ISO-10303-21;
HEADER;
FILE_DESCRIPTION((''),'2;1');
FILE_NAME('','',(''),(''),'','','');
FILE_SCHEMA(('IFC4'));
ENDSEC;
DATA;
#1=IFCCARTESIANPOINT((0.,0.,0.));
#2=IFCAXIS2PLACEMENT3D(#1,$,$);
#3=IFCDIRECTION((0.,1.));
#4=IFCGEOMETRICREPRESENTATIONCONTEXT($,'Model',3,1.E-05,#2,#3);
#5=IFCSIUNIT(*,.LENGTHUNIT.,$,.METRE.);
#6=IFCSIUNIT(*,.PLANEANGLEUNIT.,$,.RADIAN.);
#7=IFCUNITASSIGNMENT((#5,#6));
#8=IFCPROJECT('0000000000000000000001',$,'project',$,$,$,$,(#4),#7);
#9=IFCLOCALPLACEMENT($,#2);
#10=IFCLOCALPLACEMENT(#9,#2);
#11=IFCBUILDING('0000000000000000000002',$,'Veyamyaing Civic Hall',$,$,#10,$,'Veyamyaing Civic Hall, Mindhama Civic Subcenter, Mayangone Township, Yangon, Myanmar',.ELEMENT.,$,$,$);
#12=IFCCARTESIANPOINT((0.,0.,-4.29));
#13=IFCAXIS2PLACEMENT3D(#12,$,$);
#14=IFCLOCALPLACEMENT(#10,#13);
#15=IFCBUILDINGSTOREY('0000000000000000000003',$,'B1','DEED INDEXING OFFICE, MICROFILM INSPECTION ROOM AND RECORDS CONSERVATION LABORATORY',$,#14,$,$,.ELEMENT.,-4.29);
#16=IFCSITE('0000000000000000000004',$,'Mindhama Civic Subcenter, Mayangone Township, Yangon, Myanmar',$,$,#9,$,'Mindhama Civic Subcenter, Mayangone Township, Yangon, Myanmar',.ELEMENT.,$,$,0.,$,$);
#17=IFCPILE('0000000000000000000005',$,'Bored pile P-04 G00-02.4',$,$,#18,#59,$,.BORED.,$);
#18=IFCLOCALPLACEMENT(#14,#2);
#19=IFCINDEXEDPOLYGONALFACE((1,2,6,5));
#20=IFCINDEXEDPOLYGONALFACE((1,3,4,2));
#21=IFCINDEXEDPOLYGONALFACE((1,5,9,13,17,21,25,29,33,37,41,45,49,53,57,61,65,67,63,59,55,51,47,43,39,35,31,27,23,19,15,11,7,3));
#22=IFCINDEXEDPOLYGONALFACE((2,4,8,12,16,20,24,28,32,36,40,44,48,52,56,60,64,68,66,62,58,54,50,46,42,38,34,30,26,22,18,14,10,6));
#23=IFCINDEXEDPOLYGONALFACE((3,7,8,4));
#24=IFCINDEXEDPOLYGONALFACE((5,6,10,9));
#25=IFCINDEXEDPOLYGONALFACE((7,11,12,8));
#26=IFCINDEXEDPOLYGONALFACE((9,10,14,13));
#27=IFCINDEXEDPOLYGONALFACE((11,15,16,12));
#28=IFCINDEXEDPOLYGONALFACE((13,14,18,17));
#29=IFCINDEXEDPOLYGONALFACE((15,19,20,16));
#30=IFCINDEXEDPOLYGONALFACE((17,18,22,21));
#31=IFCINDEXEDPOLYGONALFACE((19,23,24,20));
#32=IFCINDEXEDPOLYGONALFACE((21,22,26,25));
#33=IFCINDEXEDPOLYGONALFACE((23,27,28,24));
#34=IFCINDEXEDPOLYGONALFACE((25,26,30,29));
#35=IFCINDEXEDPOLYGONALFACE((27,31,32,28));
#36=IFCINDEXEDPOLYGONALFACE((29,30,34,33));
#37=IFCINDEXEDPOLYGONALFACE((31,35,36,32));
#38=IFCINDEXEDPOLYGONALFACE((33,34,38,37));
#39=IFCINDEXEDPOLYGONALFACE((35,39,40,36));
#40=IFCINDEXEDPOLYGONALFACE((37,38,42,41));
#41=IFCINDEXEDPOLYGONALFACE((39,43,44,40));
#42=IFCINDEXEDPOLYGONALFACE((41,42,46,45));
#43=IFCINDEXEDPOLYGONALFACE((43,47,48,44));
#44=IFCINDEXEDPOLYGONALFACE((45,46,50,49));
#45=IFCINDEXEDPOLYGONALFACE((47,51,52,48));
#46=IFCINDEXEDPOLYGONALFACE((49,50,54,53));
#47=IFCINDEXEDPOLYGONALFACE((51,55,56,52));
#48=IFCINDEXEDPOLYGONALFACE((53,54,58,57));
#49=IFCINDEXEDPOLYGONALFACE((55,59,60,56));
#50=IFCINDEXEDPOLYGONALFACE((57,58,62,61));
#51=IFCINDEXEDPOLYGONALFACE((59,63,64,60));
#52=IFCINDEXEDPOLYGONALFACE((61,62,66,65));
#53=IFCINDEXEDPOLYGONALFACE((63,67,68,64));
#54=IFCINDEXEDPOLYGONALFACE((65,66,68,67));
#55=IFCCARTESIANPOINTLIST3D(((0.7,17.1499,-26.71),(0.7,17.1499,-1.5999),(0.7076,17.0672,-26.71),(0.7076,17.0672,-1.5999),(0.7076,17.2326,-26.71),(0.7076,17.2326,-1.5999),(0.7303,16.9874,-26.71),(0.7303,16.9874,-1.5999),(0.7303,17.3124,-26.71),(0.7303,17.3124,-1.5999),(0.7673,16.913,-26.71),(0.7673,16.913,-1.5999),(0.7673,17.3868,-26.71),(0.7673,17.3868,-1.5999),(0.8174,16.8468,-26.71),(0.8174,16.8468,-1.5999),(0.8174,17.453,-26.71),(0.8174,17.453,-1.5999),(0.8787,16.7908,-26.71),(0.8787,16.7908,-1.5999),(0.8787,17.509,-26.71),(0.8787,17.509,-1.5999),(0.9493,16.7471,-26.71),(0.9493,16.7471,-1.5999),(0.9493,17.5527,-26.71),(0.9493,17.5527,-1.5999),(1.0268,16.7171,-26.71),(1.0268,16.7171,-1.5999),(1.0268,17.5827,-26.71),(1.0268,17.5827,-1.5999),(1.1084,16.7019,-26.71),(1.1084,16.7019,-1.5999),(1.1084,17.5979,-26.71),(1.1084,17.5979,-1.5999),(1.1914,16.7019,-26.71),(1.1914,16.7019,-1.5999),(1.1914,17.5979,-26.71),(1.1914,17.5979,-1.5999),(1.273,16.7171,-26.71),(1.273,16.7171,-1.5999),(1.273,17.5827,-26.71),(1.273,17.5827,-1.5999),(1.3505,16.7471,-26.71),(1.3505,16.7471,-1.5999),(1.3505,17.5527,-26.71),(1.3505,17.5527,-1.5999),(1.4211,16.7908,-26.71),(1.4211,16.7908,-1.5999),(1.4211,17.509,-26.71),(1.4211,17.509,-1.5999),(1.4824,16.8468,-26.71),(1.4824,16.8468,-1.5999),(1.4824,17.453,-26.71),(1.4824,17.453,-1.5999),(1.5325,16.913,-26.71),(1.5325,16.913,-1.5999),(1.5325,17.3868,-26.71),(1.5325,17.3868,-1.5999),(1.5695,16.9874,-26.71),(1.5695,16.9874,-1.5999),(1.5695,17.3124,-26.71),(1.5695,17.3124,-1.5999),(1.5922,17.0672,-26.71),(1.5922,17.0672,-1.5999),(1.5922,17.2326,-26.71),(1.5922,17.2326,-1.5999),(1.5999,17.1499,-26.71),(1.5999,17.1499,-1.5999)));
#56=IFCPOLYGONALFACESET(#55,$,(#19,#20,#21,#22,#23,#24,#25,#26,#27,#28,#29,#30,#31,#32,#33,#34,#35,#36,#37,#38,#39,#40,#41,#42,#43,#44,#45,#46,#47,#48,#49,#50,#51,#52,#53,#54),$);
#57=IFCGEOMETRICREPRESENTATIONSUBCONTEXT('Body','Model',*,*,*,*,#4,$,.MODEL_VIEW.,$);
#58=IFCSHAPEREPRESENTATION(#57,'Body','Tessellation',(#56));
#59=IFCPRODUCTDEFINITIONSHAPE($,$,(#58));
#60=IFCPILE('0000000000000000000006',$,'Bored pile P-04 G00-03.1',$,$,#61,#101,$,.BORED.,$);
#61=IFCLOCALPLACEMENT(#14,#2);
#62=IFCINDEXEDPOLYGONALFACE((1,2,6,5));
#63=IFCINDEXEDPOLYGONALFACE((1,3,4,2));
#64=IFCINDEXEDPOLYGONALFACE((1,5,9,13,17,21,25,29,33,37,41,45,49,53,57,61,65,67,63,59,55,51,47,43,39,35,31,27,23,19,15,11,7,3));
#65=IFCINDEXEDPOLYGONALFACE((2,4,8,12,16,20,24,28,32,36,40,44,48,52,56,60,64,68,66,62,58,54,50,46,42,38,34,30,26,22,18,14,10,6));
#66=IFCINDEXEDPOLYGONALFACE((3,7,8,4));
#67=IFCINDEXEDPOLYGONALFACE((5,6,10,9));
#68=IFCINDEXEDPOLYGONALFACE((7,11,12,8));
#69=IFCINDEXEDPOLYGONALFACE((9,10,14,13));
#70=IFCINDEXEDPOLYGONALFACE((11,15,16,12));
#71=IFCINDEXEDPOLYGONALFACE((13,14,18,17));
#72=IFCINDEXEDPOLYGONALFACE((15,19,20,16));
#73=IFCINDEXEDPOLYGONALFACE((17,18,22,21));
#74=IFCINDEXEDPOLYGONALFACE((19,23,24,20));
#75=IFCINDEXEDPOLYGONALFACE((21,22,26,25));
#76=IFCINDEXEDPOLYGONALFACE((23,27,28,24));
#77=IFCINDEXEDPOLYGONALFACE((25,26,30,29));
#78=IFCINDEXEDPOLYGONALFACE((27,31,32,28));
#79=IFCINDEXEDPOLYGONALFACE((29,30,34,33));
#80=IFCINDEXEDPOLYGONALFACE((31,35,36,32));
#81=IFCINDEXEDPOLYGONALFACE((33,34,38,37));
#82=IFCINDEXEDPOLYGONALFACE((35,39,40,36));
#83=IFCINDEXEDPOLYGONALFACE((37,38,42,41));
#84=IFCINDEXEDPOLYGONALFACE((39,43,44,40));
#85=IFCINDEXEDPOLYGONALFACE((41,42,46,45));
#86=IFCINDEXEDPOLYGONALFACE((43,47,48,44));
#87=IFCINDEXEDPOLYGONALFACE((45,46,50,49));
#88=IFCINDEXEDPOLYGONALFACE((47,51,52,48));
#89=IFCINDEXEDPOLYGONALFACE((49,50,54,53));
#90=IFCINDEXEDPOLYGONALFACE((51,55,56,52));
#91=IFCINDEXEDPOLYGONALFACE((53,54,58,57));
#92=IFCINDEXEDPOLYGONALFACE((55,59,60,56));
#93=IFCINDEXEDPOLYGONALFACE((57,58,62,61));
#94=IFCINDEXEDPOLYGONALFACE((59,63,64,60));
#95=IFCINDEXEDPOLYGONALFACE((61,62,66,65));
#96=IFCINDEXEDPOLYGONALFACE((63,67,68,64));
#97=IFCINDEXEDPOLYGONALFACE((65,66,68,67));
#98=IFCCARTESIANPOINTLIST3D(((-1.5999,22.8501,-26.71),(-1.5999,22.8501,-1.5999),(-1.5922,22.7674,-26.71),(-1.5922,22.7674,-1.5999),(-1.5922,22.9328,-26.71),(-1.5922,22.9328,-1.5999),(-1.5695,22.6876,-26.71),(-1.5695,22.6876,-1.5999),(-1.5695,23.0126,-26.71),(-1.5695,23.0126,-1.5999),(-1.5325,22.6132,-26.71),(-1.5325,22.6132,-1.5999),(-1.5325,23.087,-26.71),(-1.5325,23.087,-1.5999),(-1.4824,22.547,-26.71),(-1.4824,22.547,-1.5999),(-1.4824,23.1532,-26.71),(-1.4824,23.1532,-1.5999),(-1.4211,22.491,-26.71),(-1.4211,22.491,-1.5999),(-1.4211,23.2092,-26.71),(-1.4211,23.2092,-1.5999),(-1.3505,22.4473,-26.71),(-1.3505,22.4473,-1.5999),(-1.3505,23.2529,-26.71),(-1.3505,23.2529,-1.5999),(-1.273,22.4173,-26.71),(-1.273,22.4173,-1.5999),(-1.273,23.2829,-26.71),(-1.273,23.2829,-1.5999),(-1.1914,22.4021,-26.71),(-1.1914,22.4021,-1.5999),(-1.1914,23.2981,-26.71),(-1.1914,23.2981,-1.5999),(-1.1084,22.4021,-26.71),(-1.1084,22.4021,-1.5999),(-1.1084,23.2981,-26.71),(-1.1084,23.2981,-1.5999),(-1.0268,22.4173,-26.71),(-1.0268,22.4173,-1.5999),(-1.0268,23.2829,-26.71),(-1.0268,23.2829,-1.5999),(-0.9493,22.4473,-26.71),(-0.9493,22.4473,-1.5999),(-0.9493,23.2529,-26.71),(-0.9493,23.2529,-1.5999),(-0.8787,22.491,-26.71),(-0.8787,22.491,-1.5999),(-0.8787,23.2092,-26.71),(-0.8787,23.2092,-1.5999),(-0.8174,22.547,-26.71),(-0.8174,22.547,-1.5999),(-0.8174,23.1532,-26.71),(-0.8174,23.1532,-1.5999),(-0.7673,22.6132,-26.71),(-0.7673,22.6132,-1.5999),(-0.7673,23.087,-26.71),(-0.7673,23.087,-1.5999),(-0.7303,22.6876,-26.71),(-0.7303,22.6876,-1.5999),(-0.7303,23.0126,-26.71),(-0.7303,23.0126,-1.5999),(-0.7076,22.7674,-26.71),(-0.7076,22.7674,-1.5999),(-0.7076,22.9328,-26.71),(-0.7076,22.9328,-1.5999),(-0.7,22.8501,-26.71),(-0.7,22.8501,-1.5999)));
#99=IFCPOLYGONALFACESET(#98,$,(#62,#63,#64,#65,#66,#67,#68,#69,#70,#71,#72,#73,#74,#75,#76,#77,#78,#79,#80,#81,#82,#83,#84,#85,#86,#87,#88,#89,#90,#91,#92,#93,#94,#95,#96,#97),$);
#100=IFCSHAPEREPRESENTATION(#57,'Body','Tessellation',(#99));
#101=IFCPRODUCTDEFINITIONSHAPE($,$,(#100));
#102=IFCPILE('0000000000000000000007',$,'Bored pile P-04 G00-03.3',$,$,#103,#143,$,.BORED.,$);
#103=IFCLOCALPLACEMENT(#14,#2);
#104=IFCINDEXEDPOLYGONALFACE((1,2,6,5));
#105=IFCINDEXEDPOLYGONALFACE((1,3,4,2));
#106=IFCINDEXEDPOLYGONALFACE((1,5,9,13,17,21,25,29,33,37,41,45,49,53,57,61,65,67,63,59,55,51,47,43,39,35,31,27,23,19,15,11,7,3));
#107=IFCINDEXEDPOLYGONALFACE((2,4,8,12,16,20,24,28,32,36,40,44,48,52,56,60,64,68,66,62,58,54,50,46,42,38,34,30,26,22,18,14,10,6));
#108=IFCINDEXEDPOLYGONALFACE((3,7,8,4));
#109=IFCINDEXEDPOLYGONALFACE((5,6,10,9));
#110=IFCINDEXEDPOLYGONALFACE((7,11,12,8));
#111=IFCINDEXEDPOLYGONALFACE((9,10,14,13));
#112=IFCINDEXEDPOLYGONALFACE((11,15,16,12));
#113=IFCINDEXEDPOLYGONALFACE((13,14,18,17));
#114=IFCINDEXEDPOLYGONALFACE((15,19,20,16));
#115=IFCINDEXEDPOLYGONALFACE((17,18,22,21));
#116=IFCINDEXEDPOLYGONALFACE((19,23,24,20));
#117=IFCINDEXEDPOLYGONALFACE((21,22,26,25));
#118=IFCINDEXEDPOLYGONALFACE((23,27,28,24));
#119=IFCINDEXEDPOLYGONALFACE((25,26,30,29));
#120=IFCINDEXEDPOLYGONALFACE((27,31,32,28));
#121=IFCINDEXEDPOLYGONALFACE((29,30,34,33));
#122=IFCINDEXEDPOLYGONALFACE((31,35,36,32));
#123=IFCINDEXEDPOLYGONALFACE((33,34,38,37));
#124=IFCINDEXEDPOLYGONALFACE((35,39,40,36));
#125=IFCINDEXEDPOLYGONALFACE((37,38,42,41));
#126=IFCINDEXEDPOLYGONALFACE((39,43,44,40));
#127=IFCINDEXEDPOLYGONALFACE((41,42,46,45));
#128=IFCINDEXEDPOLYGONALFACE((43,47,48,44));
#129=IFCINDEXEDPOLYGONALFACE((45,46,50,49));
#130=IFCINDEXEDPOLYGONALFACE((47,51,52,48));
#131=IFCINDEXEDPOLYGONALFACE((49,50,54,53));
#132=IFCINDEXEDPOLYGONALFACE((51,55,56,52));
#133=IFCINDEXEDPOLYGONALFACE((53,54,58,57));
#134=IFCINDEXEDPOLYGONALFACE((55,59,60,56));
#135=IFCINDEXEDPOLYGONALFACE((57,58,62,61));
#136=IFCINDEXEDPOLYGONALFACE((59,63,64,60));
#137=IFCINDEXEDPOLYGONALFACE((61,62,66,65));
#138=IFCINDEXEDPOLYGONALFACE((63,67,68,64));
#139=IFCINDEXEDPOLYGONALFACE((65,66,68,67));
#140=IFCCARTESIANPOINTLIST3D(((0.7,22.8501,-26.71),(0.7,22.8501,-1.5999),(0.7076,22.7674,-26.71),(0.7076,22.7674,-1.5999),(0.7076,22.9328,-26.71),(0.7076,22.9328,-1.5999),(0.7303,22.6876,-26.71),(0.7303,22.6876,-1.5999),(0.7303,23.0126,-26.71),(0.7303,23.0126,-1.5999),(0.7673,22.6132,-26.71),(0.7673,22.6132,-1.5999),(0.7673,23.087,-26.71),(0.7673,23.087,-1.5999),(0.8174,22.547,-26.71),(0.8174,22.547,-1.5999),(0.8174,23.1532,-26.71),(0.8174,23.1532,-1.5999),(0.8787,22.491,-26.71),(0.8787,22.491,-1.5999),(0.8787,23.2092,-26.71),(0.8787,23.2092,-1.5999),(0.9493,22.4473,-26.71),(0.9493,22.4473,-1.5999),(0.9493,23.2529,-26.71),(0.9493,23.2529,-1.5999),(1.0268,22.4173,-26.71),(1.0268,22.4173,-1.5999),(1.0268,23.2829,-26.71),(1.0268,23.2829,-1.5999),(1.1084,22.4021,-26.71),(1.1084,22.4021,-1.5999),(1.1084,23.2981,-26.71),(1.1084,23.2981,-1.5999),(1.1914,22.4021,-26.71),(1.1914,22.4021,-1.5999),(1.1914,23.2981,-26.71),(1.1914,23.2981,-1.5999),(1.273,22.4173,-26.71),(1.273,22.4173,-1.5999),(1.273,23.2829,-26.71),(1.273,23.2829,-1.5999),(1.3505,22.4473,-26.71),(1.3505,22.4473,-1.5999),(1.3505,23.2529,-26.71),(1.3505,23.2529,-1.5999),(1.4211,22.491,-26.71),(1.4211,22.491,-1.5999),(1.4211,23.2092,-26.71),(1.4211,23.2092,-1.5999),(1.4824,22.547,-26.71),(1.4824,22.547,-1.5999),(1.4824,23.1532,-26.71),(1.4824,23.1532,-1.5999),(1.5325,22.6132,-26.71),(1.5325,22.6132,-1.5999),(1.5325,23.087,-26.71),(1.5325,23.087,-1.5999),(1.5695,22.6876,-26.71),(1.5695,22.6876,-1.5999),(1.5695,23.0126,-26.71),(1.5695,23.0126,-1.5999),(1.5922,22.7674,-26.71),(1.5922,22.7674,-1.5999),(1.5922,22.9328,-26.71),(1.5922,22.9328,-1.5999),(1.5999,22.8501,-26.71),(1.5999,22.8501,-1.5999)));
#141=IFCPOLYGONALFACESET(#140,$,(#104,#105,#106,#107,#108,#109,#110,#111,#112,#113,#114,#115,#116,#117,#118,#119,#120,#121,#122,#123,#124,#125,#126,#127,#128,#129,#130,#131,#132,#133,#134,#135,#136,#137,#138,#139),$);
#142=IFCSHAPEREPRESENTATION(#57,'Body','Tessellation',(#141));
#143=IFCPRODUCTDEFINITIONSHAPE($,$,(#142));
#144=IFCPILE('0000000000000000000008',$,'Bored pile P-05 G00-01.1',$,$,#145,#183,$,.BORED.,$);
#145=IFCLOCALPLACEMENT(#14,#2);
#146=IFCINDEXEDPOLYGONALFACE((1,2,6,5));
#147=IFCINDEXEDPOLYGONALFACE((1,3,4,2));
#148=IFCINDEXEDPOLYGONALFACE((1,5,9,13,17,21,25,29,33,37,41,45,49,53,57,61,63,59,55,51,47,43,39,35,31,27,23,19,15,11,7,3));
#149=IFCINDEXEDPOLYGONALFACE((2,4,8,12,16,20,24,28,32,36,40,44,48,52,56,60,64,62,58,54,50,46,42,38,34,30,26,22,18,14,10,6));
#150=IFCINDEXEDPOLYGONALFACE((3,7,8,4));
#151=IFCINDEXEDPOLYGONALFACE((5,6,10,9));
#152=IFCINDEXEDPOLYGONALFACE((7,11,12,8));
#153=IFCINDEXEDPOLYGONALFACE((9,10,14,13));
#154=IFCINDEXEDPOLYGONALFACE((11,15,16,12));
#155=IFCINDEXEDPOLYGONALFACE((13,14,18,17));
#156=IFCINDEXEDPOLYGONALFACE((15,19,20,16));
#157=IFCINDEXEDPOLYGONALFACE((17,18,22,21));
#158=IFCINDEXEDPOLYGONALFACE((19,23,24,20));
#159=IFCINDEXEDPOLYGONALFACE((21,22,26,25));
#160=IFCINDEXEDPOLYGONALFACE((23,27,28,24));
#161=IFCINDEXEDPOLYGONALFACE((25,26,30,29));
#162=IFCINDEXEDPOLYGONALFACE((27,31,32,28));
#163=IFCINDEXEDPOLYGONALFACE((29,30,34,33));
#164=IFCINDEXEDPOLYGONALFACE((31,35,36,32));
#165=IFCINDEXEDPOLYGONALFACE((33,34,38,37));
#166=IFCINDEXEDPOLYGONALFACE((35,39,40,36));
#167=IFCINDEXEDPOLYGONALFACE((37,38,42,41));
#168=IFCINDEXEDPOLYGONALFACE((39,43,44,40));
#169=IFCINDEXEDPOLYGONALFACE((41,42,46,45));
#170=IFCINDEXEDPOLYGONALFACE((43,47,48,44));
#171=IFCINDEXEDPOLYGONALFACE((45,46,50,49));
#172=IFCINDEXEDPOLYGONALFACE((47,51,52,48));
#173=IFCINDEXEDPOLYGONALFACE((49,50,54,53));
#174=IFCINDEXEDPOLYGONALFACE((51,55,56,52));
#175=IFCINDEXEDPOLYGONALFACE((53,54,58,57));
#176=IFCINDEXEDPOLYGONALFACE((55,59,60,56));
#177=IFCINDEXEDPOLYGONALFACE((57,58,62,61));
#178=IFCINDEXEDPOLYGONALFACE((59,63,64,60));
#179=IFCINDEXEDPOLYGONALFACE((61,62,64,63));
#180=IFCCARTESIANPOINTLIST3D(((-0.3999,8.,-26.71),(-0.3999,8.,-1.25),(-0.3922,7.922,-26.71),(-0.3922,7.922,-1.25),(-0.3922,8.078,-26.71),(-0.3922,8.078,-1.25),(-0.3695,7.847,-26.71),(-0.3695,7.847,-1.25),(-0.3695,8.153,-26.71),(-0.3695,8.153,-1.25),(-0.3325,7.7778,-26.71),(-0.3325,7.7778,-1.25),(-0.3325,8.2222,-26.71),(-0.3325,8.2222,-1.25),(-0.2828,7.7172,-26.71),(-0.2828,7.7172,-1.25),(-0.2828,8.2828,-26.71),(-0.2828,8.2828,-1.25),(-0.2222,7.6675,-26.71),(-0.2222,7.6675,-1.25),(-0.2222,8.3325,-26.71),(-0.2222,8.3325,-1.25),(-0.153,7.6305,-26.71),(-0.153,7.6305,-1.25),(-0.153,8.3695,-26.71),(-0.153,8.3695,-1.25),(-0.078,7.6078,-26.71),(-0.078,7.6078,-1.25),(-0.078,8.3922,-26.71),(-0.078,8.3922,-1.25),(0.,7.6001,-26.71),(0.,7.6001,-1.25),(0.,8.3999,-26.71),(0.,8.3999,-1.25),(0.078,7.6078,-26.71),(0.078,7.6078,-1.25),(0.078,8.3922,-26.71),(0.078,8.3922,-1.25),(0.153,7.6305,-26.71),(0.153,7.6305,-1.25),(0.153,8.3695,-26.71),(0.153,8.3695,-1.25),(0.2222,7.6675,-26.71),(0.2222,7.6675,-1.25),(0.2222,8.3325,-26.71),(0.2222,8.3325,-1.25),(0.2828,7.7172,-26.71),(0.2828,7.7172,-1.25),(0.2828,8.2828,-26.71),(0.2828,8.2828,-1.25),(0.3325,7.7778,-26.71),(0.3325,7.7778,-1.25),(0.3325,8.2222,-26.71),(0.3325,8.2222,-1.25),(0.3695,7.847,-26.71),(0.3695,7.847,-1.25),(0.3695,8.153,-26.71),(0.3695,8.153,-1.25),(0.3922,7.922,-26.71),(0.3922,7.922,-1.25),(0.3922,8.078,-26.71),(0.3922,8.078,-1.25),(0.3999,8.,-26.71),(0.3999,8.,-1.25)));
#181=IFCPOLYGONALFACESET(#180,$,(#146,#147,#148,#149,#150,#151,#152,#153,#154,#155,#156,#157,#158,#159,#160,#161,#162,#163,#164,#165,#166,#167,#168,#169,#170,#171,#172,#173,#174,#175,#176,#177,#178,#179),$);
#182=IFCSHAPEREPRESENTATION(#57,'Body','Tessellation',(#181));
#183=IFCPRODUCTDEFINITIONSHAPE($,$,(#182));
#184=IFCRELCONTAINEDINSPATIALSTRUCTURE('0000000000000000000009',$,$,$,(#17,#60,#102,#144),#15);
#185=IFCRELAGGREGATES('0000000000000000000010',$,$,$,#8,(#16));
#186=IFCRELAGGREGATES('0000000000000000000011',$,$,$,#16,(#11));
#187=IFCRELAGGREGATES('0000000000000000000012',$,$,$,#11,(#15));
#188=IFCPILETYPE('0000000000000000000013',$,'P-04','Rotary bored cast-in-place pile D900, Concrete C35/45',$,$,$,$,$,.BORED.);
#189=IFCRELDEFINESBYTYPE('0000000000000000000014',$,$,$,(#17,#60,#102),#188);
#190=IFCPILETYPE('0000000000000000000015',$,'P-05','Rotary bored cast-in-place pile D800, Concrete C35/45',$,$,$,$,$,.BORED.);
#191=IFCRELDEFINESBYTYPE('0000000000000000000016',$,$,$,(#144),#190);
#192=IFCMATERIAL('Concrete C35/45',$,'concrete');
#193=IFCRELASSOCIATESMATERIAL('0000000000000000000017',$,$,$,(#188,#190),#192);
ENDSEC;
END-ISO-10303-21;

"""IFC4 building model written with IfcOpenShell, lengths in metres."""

from ifc_helpers import new_model, si_unit, direction, frame, origin, origin_2d, place, context, subcontext, project, spatial, circle, extrude, material, material_profile, profile_set, type_object, element, save


model = new_model("IFC4")

# Units and contexts
model_context = context("Model", 3, precision=1e-05, world=origin(), true_north=direction((0.0, 1.0)))
body_context = subcontext(model_context, "Body", "Model", "MODEL_VIEW")
ifc_project = project(units=[si_unit("LENGTHUNIT", "METRE"), si_unit("PLANEANGLEUNIT", "RADIAN")], contexts=[model_context])

# Site, building, storey
site_placement = place(None, origin())
site = spatial("IfcSite", under=ifc_project, at=site_placement, Name="Mindhama Civic Subcenter, Mayangone Township, Yangon, Myanmar", LongName="Mindhama Civic Subcenter, Mayangone Township, Yangon, Myanmar", CompositionType="ELEMENT", RefElevation=0.0)
building_placement = place(site_placement, origin())
building = spatial("IfcBuilding", under=site, at=building_placement, Name="Veyamyaing Civic Hall", LongName="Veyamyaing Civic Hall, Mindhama Civic Subcenter, Mayangone Township, Yangon, Myanmar", CompositionType="ELEMENT")
storey_placement = place(building_placement, frame((0.0, 0.0, -4.29)))
storey = spatial("IfcBuildingStorey", under=building, at=storey_placement, Name="B1", Description="DEED INDEXING OFFICE, MICROFILM INSPECTION ROOM AND RECORDS CONSERVATION LABORATORY", CompositionType="ELEMENT", Elevation=-4.29)

# Piles
ifc_material_1 = material(Name="Concrete C35/45", Category="concrete")
ifc_material_profile_1 = material_profile(ifc_material_1, circle(Radius=0.45, at=origin_2d()), Name="PILE-D900")
ifc_profile_set_1 = profile_set([ifc_material_profile_1], Name="Concrete C35/45")
pile_type_1 = type_object("IfcPileType", Name="P-04", Description="Rotary bored cast-in-place pile D900, Concrete C35/45", PredefinedType="BORED", material=ifc_profile_set_1)
for number, where, z_axis, x_axis, name in (
    (1, (1.1499, 17.1499, -1.5999), (0.0, 0.0, -1.0), (1.0, 0.0, 0.0), "Bored pile P-04 G00-02.4"),
    (2, (-1.1499, 22.8501, -1.5999), (0.0, 0.0, -1.0), (1.0, 0.0, 0.0), "Bored pile P-04 G00-03.1"),
    (3, (1.1499, 22.8501, -1.5999), (0.0, 0.0, -1.0), (1.0, 0.0, 0.0), "Bored pile P-04 G00-03.3"),
):
    element("IfcPile", number, at=place(storey_placement, frame(where, z_axis=z_axis, x_axis=x_axis)), inside=storey, type_object=pile_type_1, Name=name, PredefinedType="BORED", context=body_context, shape_type="SweptSolid", body=[
        extrude(circle(Radius=0.45, at=origin_2d()), origin(), (0.0, 0.0, 1.0), 25.1101),
    ])
ifc_material_profile_2 = material_profile(ifc_material_1, circle(Radius=0.3999, at=origin_2d()), Name="PILE-D800")
ifc_profile_set_2 = profile_set([ifc_material_profile_2], Name="Concrete C35/45")
pile_type_2 = type_object("IfcPileType", Name="P-05", Description="Rotary bored cast-in-place pile D800, Concrete C35/45", PredefinedType="BORED", material=ifc_profile_set_2)
pile_1_placement = place(storey_placement, frame((0.0, 8.0, -1.25), z_axis=(0.0, 0.0, -1.0), x_axis=(1.0, 0.0, 0.0)))
element("IfcPile", 4, at=pile_1_placement, inside=storey, type_object=pile_type_2, Name="Bored pile P-05 G00-01.1", PredefinedType="BORED", context=body_context, shape_type="SweptSolid", body=[
    extrude(circle(Radius=0.3999, at=origin_2d()), origin(), (0.0, 0.0, 1.0), 25.46),
])

save(model, "model.ifc")
